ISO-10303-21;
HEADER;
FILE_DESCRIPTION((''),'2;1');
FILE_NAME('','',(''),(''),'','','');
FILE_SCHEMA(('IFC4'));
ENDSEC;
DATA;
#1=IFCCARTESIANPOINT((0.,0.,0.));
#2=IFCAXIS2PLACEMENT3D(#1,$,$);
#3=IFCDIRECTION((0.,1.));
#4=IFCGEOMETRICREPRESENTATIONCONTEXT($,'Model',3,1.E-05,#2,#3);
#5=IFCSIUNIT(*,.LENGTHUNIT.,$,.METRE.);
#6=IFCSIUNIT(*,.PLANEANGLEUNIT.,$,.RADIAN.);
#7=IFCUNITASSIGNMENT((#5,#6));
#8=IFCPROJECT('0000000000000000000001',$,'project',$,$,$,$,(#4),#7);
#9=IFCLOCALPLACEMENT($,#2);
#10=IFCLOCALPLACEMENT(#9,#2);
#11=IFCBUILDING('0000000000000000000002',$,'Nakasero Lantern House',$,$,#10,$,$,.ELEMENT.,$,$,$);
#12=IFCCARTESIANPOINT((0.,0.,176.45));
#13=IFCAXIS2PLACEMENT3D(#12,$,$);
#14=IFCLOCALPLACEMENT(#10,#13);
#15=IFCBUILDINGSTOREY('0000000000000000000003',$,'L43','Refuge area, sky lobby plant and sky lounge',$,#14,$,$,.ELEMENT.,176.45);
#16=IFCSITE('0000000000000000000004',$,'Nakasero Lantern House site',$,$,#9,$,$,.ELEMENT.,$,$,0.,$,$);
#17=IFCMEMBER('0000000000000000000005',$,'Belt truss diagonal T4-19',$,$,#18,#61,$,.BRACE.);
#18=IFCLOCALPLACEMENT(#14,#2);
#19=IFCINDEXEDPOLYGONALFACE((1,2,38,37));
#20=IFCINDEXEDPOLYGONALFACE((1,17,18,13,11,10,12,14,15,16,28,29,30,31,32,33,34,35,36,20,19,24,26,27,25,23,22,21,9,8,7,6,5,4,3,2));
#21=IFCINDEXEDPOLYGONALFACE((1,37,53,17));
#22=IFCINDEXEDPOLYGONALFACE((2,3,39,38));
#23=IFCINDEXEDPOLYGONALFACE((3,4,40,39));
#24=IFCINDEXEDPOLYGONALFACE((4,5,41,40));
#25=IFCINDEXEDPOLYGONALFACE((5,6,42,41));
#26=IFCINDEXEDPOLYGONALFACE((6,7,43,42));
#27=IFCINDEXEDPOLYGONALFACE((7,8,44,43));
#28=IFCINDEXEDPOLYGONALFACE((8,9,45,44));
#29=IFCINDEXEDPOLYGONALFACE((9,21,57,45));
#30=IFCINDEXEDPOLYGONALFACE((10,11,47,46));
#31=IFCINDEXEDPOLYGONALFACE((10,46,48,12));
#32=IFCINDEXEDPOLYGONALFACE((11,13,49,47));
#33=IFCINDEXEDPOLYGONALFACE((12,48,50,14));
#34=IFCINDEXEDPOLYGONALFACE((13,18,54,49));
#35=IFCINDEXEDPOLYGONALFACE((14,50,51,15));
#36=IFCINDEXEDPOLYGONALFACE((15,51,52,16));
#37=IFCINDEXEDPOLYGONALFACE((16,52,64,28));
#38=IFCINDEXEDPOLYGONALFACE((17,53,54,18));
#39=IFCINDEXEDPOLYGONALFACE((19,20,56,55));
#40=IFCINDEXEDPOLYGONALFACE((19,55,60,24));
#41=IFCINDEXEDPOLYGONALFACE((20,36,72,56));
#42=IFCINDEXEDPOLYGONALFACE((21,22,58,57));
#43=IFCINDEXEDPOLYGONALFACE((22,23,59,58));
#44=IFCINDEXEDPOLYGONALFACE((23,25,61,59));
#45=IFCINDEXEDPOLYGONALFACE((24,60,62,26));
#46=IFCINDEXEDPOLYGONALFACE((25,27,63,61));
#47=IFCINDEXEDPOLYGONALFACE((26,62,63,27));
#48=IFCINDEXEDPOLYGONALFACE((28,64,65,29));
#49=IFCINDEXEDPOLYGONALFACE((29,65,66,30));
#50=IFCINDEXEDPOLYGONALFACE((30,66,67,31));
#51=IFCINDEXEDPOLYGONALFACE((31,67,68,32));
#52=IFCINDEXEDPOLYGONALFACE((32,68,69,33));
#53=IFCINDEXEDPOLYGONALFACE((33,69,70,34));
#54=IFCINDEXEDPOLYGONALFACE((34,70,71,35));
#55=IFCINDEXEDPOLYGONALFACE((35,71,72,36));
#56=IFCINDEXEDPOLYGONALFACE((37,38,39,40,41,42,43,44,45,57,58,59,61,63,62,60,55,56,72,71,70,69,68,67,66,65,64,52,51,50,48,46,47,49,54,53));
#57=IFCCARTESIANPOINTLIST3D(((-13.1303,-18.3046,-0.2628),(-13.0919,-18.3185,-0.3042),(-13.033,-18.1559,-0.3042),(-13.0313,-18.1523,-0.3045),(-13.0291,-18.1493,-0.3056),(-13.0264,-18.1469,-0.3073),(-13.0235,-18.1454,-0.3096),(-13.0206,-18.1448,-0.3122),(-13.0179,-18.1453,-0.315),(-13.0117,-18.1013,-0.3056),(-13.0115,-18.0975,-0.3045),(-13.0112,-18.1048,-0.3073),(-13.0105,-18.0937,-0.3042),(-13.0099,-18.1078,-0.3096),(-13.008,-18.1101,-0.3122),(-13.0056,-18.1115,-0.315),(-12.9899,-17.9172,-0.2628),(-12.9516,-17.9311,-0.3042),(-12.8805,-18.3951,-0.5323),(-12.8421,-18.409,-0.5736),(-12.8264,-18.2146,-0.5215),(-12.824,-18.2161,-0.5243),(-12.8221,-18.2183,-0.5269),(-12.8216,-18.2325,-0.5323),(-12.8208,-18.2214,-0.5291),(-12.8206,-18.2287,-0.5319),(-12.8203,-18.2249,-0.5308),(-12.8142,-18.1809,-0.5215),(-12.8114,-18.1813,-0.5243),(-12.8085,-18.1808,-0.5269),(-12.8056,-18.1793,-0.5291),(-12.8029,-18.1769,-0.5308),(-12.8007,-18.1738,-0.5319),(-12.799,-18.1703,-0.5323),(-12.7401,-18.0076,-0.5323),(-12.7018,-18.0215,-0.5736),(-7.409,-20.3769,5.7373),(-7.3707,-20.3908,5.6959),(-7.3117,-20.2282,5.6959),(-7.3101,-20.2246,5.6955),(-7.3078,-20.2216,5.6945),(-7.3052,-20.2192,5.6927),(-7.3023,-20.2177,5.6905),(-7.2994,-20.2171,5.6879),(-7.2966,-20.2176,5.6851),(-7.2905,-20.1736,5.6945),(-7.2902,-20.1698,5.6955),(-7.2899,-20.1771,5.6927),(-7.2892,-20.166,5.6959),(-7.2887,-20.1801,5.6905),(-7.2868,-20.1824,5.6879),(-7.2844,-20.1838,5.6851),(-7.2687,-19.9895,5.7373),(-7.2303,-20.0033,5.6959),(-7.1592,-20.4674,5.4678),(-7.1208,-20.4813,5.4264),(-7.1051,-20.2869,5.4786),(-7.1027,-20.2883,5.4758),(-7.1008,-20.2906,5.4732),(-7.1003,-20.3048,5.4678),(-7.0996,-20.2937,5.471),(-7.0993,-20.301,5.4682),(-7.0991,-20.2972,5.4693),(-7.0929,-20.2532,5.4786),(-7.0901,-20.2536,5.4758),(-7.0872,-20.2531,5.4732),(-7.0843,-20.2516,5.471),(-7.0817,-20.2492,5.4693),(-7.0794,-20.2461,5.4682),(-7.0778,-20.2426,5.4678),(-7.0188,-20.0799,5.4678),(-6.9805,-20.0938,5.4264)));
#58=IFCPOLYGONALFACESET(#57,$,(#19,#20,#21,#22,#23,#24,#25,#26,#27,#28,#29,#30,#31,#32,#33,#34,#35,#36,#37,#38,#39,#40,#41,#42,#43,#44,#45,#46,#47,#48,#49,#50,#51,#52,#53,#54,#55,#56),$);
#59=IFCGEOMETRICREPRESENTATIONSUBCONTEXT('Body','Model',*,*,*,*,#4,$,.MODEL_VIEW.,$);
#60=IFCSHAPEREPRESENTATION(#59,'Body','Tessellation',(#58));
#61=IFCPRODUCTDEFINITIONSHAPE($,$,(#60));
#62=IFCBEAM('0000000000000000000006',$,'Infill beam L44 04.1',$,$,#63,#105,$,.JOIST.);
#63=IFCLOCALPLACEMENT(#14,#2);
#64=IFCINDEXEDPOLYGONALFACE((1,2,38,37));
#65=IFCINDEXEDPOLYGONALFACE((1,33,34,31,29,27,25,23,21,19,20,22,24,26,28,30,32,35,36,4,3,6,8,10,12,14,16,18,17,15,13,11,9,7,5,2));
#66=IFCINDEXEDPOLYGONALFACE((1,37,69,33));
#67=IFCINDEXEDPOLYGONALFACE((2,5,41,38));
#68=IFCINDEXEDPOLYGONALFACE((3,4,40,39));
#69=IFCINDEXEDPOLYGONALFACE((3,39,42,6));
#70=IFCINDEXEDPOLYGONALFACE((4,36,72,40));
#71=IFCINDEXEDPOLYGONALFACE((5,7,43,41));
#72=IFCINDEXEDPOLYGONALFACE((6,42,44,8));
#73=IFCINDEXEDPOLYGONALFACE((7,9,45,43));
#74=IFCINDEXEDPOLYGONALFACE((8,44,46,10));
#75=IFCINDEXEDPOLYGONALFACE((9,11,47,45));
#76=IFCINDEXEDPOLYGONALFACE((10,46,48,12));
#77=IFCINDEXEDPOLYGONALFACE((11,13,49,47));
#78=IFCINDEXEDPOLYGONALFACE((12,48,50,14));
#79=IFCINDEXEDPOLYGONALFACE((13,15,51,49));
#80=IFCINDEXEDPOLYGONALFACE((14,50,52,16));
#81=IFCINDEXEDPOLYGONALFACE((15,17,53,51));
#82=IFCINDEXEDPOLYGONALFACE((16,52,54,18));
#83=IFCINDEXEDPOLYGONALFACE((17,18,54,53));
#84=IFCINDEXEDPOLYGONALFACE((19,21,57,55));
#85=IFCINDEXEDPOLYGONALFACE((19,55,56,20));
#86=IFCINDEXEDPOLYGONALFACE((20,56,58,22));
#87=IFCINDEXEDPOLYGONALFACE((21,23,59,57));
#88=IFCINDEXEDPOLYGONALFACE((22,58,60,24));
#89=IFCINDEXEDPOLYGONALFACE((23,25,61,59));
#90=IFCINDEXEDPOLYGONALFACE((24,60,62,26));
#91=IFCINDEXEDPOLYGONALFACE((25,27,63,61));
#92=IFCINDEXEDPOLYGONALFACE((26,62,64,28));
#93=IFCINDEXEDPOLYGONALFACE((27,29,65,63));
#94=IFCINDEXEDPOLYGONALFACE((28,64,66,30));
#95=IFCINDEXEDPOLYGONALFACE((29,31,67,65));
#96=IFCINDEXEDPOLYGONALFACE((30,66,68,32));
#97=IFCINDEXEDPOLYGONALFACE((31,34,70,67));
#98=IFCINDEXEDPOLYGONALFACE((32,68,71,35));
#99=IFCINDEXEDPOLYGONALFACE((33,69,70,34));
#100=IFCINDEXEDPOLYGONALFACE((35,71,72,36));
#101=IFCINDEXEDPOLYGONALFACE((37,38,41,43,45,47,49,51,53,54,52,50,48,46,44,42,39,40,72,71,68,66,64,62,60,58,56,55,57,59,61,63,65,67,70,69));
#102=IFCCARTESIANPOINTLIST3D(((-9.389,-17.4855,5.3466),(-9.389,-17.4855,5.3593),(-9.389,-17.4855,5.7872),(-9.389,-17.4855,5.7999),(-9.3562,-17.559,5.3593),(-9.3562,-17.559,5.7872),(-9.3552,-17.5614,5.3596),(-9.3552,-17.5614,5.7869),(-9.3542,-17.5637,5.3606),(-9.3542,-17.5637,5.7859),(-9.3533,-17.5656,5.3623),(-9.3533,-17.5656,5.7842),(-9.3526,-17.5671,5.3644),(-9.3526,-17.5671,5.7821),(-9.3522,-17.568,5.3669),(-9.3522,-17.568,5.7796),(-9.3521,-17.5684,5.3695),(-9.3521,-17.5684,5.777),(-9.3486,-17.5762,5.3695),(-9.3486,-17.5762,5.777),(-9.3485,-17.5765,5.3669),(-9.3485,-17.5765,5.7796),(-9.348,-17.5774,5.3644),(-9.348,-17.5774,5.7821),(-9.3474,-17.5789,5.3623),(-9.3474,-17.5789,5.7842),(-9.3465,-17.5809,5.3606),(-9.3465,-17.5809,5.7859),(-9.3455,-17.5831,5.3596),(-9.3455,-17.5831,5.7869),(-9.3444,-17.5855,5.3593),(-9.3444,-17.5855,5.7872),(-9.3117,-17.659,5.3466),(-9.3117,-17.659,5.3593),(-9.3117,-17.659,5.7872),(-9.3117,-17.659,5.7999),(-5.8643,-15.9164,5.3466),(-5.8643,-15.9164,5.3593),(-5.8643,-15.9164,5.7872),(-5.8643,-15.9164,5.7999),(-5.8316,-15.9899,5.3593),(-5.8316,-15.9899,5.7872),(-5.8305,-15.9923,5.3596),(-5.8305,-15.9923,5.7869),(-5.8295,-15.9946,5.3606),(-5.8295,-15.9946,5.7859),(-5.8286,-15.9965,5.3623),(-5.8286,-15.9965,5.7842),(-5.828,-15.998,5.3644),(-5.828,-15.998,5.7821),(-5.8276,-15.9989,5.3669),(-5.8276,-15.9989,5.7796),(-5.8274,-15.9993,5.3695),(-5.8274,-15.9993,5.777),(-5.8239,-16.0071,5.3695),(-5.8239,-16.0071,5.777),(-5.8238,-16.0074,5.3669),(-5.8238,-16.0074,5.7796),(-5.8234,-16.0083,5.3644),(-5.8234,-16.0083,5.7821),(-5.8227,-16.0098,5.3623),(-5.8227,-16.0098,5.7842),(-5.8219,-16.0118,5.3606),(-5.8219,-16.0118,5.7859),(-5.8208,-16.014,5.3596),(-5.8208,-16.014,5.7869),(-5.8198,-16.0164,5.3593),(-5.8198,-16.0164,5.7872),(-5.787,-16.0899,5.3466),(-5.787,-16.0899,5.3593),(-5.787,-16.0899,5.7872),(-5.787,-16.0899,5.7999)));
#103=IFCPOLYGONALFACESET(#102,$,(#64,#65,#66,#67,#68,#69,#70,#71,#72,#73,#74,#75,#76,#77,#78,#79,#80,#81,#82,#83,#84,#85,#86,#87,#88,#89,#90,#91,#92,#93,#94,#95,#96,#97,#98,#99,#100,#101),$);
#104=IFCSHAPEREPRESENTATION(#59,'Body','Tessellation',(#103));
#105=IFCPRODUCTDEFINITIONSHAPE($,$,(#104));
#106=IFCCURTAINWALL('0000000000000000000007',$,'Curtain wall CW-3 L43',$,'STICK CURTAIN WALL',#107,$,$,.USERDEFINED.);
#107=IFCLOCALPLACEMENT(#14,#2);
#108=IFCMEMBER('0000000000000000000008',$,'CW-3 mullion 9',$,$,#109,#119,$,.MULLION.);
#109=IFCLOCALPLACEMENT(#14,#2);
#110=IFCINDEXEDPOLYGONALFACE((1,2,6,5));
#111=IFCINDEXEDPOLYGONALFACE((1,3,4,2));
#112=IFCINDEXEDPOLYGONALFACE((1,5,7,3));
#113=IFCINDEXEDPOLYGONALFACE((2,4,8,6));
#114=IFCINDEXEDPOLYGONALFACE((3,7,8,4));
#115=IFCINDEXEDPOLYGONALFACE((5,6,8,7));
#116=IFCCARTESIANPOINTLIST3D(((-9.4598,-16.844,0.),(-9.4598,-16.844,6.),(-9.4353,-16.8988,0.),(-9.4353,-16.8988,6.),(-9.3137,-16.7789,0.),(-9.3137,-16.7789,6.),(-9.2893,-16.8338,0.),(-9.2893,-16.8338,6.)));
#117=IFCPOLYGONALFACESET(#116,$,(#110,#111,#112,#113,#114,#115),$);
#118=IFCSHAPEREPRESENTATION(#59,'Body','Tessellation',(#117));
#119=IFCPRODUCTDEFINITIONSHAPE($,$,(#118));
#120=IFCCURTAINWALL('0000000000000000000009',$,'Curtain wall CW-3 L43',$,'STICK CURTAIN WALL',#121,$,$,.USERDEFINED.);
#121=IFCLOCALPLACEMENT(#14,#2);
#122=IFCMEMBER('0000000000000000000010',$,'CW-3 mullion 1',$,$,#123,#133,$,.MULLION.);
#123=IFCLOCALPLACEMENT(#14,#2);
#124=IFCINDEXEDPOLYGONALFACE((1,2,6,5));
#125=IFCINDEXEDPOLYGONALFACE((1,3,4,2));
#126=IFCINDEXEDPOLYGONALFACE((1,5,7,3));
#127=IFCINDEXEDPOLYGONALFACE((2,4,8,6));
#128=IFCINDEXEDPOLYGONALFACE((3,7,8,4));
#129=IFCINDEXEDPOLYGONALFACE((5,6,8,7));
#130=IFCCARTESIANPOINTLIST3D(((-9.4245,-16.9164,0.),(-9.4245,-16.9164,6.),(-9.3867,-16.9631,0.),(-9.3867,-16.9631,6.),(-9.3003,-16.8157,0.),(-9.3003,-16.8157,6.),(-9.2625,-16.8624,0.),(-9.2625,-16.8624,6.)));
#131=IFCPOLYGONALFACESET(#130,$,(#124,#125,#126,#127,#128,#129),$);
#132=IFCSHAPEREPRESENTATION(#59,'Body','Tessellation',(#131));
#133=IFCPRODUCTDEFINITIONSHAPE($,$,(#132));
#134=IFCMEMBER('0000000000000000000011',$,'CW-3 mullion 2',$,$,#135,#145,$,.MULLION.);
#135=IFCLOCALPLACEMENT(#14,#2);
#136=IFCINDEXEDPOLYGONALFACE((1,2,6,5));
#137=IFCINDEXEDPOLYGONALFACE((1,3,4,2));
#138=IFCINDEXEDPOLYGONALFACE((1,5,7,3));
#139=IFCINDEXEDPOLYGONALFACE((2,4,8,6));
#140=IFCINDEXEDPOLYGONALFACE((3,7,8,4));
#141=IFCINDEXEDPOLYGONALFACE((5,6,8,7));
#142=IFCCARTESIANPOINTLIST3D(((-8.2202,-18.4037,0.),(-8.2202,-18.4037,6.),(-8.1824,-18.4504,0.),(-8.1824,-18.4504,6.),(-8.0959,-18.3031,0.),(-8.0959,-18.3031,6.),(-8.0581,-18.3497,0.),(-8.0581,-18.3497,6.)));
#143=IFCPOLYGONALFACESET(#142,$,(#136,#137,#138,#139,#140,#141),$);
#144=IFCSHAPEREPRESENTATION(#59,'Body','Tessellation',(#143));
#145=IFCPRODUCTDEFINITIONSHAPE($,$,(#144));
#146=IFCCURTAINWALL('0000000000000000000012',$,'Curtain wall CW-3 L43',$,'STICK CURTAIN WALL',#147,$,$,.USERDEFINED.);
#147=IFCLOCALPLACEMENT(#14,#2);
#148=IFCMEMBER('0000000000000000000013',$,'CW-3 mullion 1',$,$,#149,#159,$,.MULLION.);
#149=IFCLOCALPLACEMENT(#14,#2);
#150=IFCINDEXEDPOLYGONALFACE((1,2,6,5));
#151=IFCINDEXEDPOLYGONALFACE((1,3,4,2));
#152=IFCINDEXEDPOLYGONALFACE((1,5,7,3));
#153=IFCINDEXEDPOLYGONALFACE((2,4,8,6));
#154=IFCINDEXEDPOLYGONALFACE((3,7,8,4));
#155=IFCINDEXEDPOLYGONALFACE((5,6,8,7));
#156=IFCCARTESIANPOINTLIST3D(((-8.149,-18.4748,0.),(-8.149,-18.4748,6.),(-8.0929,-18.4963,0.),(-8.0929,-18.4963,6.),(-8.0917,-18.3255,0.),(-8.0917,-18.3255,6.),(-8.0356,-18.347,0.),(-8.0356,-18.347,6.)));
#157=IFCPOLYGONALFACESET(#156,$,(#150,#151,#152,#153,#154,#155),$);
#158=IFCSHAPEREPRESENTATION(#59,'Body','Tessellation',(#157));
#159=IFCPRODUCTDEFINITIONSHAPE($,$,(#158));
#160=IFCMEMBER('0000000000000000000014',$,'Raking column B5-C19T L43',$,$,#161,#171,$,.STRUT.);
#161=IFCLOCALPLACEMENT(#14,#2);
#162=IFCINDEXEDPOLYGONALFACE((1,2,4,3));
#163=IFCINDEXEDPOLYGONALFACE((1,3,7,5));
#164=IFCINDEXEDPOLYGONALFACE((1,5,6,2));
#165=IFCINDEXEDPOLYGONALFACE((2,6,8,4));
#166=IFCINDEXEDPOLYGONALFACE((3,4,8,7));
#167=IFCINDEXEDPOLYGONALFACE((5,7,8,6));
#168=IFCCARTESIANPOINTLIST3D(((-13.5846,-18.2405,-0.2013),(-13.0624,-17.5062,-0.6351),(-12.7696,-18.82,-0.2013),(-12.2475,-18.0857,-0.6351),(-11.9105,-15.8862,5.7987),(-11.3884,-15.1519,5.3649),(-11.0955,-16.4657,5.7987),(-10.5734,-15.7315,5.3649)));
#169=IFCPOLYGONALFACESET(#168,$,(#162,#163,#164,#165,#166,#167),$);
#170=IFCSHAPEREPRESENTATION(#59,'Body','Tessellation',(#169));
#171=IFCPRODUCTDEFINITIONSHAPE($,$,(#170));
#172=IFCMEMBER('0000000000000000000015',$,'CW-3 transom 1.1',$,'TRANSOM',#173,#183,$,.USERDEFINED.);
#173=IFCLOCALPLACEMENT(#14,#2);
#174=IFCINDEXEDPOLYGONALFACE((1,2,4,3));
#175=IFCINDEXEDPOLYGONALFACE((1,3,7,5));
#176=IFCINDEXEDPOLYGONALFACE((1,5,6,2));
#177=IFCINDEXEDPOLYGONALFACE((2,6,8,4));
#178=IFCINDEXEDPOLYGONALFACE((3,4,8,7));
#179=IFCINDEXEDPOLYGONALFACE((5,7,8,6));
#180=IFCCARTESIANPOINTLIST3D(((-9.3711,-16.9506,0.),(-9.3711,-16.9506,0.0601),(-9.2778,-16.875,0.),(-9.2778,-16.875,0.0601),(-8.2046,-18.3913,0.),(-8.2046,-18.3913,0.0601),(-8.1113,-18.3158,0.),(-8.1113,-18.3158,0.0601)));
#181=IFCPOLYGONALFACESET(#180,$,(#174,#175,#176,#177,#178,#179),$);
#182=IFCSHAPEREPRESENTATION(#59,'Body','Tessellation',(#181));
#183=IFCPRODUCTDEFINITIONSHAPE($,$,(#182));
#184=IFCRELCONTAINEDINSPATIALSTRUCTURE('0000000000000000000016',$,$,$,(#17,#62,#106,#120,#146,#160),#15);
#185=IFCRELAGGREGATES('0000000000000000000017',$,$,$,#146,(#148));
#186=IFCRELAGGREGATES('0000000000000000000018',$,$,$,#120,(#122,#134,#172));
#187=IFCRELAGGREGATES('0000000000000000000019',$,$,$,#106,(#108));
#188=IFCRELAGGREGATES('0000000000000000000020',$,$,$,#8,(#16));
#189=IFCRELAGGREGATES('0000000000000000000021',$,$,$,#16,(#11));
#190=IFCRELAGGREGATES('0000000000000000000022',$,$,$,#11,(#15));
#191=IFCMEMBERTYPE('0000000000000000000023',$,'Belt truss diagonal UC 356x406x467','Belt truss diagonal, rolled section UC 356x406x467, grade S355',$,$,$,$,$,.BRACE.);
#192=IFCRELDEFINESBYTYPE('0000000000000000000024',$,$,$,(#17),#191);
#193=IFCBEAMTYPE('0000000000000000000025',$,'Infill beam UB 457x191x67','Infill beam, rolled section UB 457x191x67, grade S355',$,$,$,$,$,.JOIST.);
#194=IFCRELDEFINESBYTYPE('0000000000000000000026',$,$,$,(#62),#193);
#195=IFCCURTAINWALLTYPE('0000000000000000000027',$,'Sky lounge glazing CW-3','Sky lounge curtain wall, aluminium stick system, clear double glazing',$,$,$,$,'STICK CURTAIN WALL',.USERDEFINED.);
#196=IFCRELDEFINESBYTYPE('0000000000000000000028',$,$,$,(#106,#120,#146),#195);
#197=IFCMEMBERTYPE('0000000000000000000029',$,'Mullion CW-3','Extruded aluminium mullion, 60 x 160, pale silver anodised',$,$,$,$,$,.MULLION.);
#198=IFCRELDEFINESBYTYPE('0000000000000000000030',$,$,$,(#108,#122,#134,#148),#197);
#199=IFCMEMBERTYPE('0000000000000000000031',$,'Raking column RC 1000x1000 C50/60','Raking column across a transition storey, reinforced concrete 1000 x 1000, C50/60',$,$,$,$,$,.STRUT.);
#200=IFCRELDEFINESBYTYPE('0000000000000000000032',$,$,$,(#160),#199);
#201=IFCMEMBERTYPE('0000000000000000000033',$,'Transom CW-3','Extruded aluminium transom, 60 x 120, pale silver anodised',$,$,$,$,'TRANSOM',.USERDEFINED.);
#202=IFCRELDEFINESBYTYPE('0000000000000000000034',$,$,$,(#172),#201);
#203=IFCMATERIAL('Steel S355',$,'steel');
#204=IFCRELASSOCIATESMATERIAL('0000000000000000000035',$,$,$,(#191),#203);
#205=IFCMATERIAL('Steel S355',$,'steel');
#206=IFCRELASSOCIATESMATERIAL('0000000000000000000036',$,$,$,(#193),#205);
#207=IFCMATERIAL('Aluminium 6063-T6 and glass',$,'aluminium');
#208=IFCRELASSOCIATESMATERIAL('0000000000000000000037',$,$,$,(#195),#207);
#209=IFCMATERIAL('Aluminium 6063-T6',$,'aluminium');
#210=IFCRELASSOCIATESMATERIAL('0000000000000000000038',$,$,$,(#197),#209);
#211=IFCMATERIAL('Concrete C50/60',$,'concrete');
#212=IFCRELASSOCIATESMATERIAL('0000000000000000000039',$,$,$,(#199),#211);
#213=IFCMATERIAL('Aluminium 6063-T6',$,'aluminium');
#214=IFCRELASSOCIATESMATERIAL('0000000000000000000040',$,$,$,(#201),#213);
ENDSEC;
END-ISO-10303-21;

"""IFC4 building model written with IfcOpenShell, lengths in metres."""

from ifc_helpers import new_model, si_unit, direction, frame, origin, origin_2d, place, context, subcontext, project, spatial, rectangle, i_section, extrude, material, material_profile, profile_set, type_object, element, aggregate, save


model = new_model("IFC4")

# Units and contexts
model_context = context("Model", 3, precision=1e-05, world=origin(), true_north=direction((0.0, 1.0)))
body_context = subcontext(model_context, "Body", "Model", "MODEL_VIEW")
ifc_project = project(units=[si_unit("LENGTHUNIT", "METRE"), si_unit("PLANEANGLEUNIT", "RADIAN")], contexts=[model_context])

# Site, building, storey
site_placement = place(None, origin())
site = spatial("IfcSite", under=ifc_project, at=site_placement, Name="Nakasero Lantern House site", CompositionType="ELEMENT", RefElevation=0.0)
building_placement = place(site_placement, origin())
building = spatial("IfcBuilding", under=site, at=building_placement, Name="Nakasero Lantern House", CompositionType="ELEMENT")
storey_placement = place(building_placement, frame((0.0, 0.0, 176.45)))
storey = spatial("IfcBuildingStorey", under=building, at=storey_placement, Name="L43", Description="Refuge area, sky lobby plant and sky lounge", CompositionType="ELEMENT", Elevation=176.45)

# Member
ifc_material_1 = material(Name="Steel S355", Category="steel")
ifc_material_profile_1 = material_profile(ifc_material_1, i_section(OverallWidth=0.4121, OverallDepth=0.4365, WebThickness=0.0359, FlangeThickness=0.0581, FilletRadius=0.0151, at=origin_2d()), Name="UC 356x406x467")
ifc_profile_set_1 = profile_set([ifc_material_profile_1], Name="Steel S355")
member_type_1 = type_object("IfcMemberType", Name="Belt truss diagonal UC 356x406x467", Description="Belt truss diagonal, rolled section UC 356x406x467, grade S355", PredefinedType="BRACE", material=ifc_profile_set_1)
member_1_placement = place(storey_placement, frame((-12.916, -18.1631, -0.4182), z_axis=(0.669494, -0.242497, 0.70212), x_axis=(0.340557, 0.940224, 0.0)))
element("IfcMember", 1, at=member_1_placement, inside=storey, type_object=member_type_1, Name="Belt truss diagonal T4-19", PredefinedType="BRACE", context=body_context, shape_type="SweptSolid", body=[
    extrude(i_section(OverallWidth=0.4121, OverallDepth=0.4365, WebThickness=0.0359, FlangeThickness=0.0581, FilletRadius=0.0151, at=origin_2d()), origin(), (0.0, 0.0, 1.0), 8.5457),
])

# Beam
ifc_material_2 = material(Name="Steel S355", Category="steel")
ifc_material_profile_2 = material_profile(ifc_material_2, i_section(OverallWidth=0.1899, OverallDepth=0.4534, WebThickness=0.0085, FlangeThickness=0.0127, FilletRadius=0.0103, at=origin_2d()), Name="UB 457x191x67")
ifc_profile_set_2 = profile_set([ifc_material_profile_2], Name="Steel S355")
beam_type = type_object("IfcBeamType", Name="Infill beam UB 457x191x67", Description="Infill beam, rolled section UB 457x191x67, grade S355", PredefinedType="JOIST", material=ifc_profile_set_2)
beam_placement = place(storey_placement, frame((-9.3503, -17.5723, 5.5732), z_axis=(0.913563, 0.406696, 0.0), x_axis=(-0.406696, 0.913563, 0.0)))
element("IfcBeam", 2, at=beam_placement, inside=storey, type_object=beam_type, Name="Infill beam L44 04.1", PredefinedType="JOIST", context=body_context, shape_type="SweptSolid", body=[
    extrude(i_section(OverallWidth=0.1899, OverallDepth=0.4534, WebThickness=0.0085, FlangeThickness=0.0127, FilletRadius=0.0103, at=origin_2d()), origin(), (0.0, 0.0, 1.0), 3.8582),
])

# Curtain wall, member
ifc_material_3 = material(Name="Aluminium 6063-T6 and glass", Category="aluminium")
curtain_wall_type = type_object("IfcCurtainWallType", Name="Sky lounge glazing CW-3", Description="Sky lounge curtain wall, aluminium stick system, clear double glazing", ElementType="STICK CURTAIN WALL", PredefinedType="USERDEFINED", material=ifc_material_3)
curtain_wall_1_placement = place(storey_placement, origin())
curtain_wall_1 = element("IfcCurtainWall", 3, at=curtain_wall_1_placement, inside=storey, type_object=curtain_wall_type, Name="Curtain wall CW-3 L43", ObjectType="STICK CURTAIN WALL", PredefinedType="USERDEFINED")
ifc_material_4 = material(Name="Aluminium 6063-T6", Category="aluminium")
ifc_material_profile_3 = material_profile(ifc_material_4, rectangle(XDim=0.0601, YDim=0.1599, at=origin_2d()), Name="CW-3 mullion 60x160")
ifc_profile_set_3 = profile_set([ifc_material_profile_3], Name="Aluminium 6063-T6")
member_type_2 = type_object("IfcMemberType", Name="Mullion CW-3", Description="Extruded aluminium mullion, 60 x 160, pale silver anodised", PredefinedType="MULLION", material=ifc_profile_set_3)
member_2_placement = place(storey_placement, frame((-9.3745, -16.8389, 0.0), z_axis=(0.0, 0.0, 1.0), x_axis=(0.406737, -0.913545, 0.0)))
member_2 = element("IfcMember", 4, at=member_2_placement, type_object=member_type_2, Name="CW-3 mullion 9", PredefinedType="MULLION", context=body_context, shape_type="SweptSolid", body=[
    extrude(rectangle(XDim=0.0601, YDim=0.1599, at=origin_2d()), origin(), (0.0, 0.0, 1.0), 6.0),
])

# Curtain wall, members
curtain_wall_2_placement = place(storey_placement, origin())
curtain_wall_2 = element("IfcCurtainWall", 5, at=curtain_wall_2_placement, inside=storey, type_object=curtain_wall_type, Name="Curtain wall CW-3 L43", ObjectType="STICK CURTAIN WALL", PredefinedType="USERDEFINED")
member_3_placement = place(storey_placement, frame((-9.3435, -16.8894, 0.0), z_axis=(0.0, 0.0, 1.0), x_axis=(0.62932, -0.777146, 0.0)))
member_3 = element("IfcMember", 6, at=member_3_placement, type_object=member_type_2, Name="CW-3 mullion 1", PredefinedType="MULLION", context=body_context, shape_type="SweptSolid", body=[
    extrude(rectangle(XDim=0.0601, YDim=0.1599, at=origin_2d()), origin(), (0.0, 0.0, 1.0), 6.0),
])
member_4_placement = place(storey_placement, frame((-8.1392, -18.3767, 0.0), z_axis=(0.0, 0.0, 1.0), x_axis=(0.62932, -0.777146, 0.0)))
member_4 = element("IfcMember", 7, at=member_4_placement, type_object=member_type_2, Name="CW-3 mullion 2", PredefinedType="MULLION", context=body_context, shape_type="SweptSolid", body=[
    extrude(rectangle(XDim=0.0601, YDim=0.1599, at=origin_2d()), origin(), (0.0, 0.0, 1.0), 6.0),
])

# Curtain wall, member
curtain_wall_3_placement = place(storey_placement, origin())
curtain_wall_3 = element("IfcCurtainWall", 8, at=curtain_wall_3_placement, inside=storey, type_object=curtain_wall_type, Name="Curtain wall CW-3 L43", ObjectType="STICK CURTAIN WALL", PredefinedType="USERDEFINED")
member_5_placement = place(storey_placement, frame((-8.0923, -18.4109, 0.0), z_axis=(0.0, 0.0, 1.0), x_axis=(0.93358, -0.358368, 0.0)))
member_5 = element("IfcMember", 9, at=member_5_placement, type_object=member_type_2, Name="CW-3 mullion 1", PredefinedType="MULLION", context=body_context, shape_type="SweptSolid", body=[
    extrude(rectangle(XDim=0.0601, YDim=0.1599, at=origin_2d()), origin(), (0.0, 0.0, 1.0), 6.0),
])

# Members
ifc_material_5 = material(Name="Concrete C50/60", Category="concrete")
ifc_material_profile_4 = material_profile(ifc_material_5, rectangle(XDim=1.0, YDim=1.0, at=origin_2d()), Name="RC 1000x1000")
ifc_profile_set_4 = profile_set([ifc_material_profile_4], Name="Concrete C50/60")
member_type_3 = type_object("IfcMemberType", Name="Raking column RC 1000x1000 C50/60", Description="Raking column across a transition storey, reinforced concrete 1000 x 1000, C50/60", PredefinedType="STRUT", material=ifc_profile_set_4)
member_6_placement = place(storey_placement, frame((-12.916, -18.1631, -0.4182), z_axis=(0.251392, 0.353533, 0.901009), x_axis=(-0.814965, 0.57951, 0.0)))
element("IfcMember", 10, at=member_6_placement, inside=storey, type_object=member_type_3, Name="Raking column B5-C19T L43", PredefinedType="STRUT", context=body_context, shape_type="SweptSolid", body=[
    extrude(rectangle(XDim=1.0, YDim=1.0, at=origin_2d()), origin(), (0.0, 0.0, 1.0), 6.6592),
])
ifc_material_6 = material(Name="Aluminium 6063-T6", Category="aluminium")
ifc_material_profile_5 = material_profile(ifc_material_6, rectangle(XDim=0.0601, YDim=0.1201, at=origin_2d()), Name="CW-3 transom 60x120")
ifc_profile_set_5 = profile_set([ifc_material_profile_5], Name="Aluminium 6063-T6")
member_type_4 = type_object("IfcMemberType", Name="Transom CW-3", Description="Extruded aluminium transom, 60 x 120, pale silver anodised", ElementType="TRANSOM", PredefinedType="USERDEFINED", material=ifc_profile_set_5)
member_7_placement = place(storey_placement, frame((-9.3245, -16.9128, 0.03), z_axis=(0.629278, -0.77718, 0.0), x_axis=(0.0, 0.0, 1.0)))
member_7 = element("IfcMember", 11, at=member_7_placement, type_object=member_type_4, Name="CW-3 transom 1.1", ObjectType="TRANSOM", PredefinedType="USERDEFINED", context=body_context, shape_type="SweptSolid", body=[
    extrude(rectangle(XDim=0.0601, YDim=0.1201, at=origin_2d()), origin(), (0.0, 0.0, 1.0), 1.8538),
])
aggregate(curtain_wall_3, [member_5])

aggregate(curtain_wall_2, [member_3, member_4, member_7])
aggregate(curtain_wall_1, [member_2])

save(model, "model.ifc")
